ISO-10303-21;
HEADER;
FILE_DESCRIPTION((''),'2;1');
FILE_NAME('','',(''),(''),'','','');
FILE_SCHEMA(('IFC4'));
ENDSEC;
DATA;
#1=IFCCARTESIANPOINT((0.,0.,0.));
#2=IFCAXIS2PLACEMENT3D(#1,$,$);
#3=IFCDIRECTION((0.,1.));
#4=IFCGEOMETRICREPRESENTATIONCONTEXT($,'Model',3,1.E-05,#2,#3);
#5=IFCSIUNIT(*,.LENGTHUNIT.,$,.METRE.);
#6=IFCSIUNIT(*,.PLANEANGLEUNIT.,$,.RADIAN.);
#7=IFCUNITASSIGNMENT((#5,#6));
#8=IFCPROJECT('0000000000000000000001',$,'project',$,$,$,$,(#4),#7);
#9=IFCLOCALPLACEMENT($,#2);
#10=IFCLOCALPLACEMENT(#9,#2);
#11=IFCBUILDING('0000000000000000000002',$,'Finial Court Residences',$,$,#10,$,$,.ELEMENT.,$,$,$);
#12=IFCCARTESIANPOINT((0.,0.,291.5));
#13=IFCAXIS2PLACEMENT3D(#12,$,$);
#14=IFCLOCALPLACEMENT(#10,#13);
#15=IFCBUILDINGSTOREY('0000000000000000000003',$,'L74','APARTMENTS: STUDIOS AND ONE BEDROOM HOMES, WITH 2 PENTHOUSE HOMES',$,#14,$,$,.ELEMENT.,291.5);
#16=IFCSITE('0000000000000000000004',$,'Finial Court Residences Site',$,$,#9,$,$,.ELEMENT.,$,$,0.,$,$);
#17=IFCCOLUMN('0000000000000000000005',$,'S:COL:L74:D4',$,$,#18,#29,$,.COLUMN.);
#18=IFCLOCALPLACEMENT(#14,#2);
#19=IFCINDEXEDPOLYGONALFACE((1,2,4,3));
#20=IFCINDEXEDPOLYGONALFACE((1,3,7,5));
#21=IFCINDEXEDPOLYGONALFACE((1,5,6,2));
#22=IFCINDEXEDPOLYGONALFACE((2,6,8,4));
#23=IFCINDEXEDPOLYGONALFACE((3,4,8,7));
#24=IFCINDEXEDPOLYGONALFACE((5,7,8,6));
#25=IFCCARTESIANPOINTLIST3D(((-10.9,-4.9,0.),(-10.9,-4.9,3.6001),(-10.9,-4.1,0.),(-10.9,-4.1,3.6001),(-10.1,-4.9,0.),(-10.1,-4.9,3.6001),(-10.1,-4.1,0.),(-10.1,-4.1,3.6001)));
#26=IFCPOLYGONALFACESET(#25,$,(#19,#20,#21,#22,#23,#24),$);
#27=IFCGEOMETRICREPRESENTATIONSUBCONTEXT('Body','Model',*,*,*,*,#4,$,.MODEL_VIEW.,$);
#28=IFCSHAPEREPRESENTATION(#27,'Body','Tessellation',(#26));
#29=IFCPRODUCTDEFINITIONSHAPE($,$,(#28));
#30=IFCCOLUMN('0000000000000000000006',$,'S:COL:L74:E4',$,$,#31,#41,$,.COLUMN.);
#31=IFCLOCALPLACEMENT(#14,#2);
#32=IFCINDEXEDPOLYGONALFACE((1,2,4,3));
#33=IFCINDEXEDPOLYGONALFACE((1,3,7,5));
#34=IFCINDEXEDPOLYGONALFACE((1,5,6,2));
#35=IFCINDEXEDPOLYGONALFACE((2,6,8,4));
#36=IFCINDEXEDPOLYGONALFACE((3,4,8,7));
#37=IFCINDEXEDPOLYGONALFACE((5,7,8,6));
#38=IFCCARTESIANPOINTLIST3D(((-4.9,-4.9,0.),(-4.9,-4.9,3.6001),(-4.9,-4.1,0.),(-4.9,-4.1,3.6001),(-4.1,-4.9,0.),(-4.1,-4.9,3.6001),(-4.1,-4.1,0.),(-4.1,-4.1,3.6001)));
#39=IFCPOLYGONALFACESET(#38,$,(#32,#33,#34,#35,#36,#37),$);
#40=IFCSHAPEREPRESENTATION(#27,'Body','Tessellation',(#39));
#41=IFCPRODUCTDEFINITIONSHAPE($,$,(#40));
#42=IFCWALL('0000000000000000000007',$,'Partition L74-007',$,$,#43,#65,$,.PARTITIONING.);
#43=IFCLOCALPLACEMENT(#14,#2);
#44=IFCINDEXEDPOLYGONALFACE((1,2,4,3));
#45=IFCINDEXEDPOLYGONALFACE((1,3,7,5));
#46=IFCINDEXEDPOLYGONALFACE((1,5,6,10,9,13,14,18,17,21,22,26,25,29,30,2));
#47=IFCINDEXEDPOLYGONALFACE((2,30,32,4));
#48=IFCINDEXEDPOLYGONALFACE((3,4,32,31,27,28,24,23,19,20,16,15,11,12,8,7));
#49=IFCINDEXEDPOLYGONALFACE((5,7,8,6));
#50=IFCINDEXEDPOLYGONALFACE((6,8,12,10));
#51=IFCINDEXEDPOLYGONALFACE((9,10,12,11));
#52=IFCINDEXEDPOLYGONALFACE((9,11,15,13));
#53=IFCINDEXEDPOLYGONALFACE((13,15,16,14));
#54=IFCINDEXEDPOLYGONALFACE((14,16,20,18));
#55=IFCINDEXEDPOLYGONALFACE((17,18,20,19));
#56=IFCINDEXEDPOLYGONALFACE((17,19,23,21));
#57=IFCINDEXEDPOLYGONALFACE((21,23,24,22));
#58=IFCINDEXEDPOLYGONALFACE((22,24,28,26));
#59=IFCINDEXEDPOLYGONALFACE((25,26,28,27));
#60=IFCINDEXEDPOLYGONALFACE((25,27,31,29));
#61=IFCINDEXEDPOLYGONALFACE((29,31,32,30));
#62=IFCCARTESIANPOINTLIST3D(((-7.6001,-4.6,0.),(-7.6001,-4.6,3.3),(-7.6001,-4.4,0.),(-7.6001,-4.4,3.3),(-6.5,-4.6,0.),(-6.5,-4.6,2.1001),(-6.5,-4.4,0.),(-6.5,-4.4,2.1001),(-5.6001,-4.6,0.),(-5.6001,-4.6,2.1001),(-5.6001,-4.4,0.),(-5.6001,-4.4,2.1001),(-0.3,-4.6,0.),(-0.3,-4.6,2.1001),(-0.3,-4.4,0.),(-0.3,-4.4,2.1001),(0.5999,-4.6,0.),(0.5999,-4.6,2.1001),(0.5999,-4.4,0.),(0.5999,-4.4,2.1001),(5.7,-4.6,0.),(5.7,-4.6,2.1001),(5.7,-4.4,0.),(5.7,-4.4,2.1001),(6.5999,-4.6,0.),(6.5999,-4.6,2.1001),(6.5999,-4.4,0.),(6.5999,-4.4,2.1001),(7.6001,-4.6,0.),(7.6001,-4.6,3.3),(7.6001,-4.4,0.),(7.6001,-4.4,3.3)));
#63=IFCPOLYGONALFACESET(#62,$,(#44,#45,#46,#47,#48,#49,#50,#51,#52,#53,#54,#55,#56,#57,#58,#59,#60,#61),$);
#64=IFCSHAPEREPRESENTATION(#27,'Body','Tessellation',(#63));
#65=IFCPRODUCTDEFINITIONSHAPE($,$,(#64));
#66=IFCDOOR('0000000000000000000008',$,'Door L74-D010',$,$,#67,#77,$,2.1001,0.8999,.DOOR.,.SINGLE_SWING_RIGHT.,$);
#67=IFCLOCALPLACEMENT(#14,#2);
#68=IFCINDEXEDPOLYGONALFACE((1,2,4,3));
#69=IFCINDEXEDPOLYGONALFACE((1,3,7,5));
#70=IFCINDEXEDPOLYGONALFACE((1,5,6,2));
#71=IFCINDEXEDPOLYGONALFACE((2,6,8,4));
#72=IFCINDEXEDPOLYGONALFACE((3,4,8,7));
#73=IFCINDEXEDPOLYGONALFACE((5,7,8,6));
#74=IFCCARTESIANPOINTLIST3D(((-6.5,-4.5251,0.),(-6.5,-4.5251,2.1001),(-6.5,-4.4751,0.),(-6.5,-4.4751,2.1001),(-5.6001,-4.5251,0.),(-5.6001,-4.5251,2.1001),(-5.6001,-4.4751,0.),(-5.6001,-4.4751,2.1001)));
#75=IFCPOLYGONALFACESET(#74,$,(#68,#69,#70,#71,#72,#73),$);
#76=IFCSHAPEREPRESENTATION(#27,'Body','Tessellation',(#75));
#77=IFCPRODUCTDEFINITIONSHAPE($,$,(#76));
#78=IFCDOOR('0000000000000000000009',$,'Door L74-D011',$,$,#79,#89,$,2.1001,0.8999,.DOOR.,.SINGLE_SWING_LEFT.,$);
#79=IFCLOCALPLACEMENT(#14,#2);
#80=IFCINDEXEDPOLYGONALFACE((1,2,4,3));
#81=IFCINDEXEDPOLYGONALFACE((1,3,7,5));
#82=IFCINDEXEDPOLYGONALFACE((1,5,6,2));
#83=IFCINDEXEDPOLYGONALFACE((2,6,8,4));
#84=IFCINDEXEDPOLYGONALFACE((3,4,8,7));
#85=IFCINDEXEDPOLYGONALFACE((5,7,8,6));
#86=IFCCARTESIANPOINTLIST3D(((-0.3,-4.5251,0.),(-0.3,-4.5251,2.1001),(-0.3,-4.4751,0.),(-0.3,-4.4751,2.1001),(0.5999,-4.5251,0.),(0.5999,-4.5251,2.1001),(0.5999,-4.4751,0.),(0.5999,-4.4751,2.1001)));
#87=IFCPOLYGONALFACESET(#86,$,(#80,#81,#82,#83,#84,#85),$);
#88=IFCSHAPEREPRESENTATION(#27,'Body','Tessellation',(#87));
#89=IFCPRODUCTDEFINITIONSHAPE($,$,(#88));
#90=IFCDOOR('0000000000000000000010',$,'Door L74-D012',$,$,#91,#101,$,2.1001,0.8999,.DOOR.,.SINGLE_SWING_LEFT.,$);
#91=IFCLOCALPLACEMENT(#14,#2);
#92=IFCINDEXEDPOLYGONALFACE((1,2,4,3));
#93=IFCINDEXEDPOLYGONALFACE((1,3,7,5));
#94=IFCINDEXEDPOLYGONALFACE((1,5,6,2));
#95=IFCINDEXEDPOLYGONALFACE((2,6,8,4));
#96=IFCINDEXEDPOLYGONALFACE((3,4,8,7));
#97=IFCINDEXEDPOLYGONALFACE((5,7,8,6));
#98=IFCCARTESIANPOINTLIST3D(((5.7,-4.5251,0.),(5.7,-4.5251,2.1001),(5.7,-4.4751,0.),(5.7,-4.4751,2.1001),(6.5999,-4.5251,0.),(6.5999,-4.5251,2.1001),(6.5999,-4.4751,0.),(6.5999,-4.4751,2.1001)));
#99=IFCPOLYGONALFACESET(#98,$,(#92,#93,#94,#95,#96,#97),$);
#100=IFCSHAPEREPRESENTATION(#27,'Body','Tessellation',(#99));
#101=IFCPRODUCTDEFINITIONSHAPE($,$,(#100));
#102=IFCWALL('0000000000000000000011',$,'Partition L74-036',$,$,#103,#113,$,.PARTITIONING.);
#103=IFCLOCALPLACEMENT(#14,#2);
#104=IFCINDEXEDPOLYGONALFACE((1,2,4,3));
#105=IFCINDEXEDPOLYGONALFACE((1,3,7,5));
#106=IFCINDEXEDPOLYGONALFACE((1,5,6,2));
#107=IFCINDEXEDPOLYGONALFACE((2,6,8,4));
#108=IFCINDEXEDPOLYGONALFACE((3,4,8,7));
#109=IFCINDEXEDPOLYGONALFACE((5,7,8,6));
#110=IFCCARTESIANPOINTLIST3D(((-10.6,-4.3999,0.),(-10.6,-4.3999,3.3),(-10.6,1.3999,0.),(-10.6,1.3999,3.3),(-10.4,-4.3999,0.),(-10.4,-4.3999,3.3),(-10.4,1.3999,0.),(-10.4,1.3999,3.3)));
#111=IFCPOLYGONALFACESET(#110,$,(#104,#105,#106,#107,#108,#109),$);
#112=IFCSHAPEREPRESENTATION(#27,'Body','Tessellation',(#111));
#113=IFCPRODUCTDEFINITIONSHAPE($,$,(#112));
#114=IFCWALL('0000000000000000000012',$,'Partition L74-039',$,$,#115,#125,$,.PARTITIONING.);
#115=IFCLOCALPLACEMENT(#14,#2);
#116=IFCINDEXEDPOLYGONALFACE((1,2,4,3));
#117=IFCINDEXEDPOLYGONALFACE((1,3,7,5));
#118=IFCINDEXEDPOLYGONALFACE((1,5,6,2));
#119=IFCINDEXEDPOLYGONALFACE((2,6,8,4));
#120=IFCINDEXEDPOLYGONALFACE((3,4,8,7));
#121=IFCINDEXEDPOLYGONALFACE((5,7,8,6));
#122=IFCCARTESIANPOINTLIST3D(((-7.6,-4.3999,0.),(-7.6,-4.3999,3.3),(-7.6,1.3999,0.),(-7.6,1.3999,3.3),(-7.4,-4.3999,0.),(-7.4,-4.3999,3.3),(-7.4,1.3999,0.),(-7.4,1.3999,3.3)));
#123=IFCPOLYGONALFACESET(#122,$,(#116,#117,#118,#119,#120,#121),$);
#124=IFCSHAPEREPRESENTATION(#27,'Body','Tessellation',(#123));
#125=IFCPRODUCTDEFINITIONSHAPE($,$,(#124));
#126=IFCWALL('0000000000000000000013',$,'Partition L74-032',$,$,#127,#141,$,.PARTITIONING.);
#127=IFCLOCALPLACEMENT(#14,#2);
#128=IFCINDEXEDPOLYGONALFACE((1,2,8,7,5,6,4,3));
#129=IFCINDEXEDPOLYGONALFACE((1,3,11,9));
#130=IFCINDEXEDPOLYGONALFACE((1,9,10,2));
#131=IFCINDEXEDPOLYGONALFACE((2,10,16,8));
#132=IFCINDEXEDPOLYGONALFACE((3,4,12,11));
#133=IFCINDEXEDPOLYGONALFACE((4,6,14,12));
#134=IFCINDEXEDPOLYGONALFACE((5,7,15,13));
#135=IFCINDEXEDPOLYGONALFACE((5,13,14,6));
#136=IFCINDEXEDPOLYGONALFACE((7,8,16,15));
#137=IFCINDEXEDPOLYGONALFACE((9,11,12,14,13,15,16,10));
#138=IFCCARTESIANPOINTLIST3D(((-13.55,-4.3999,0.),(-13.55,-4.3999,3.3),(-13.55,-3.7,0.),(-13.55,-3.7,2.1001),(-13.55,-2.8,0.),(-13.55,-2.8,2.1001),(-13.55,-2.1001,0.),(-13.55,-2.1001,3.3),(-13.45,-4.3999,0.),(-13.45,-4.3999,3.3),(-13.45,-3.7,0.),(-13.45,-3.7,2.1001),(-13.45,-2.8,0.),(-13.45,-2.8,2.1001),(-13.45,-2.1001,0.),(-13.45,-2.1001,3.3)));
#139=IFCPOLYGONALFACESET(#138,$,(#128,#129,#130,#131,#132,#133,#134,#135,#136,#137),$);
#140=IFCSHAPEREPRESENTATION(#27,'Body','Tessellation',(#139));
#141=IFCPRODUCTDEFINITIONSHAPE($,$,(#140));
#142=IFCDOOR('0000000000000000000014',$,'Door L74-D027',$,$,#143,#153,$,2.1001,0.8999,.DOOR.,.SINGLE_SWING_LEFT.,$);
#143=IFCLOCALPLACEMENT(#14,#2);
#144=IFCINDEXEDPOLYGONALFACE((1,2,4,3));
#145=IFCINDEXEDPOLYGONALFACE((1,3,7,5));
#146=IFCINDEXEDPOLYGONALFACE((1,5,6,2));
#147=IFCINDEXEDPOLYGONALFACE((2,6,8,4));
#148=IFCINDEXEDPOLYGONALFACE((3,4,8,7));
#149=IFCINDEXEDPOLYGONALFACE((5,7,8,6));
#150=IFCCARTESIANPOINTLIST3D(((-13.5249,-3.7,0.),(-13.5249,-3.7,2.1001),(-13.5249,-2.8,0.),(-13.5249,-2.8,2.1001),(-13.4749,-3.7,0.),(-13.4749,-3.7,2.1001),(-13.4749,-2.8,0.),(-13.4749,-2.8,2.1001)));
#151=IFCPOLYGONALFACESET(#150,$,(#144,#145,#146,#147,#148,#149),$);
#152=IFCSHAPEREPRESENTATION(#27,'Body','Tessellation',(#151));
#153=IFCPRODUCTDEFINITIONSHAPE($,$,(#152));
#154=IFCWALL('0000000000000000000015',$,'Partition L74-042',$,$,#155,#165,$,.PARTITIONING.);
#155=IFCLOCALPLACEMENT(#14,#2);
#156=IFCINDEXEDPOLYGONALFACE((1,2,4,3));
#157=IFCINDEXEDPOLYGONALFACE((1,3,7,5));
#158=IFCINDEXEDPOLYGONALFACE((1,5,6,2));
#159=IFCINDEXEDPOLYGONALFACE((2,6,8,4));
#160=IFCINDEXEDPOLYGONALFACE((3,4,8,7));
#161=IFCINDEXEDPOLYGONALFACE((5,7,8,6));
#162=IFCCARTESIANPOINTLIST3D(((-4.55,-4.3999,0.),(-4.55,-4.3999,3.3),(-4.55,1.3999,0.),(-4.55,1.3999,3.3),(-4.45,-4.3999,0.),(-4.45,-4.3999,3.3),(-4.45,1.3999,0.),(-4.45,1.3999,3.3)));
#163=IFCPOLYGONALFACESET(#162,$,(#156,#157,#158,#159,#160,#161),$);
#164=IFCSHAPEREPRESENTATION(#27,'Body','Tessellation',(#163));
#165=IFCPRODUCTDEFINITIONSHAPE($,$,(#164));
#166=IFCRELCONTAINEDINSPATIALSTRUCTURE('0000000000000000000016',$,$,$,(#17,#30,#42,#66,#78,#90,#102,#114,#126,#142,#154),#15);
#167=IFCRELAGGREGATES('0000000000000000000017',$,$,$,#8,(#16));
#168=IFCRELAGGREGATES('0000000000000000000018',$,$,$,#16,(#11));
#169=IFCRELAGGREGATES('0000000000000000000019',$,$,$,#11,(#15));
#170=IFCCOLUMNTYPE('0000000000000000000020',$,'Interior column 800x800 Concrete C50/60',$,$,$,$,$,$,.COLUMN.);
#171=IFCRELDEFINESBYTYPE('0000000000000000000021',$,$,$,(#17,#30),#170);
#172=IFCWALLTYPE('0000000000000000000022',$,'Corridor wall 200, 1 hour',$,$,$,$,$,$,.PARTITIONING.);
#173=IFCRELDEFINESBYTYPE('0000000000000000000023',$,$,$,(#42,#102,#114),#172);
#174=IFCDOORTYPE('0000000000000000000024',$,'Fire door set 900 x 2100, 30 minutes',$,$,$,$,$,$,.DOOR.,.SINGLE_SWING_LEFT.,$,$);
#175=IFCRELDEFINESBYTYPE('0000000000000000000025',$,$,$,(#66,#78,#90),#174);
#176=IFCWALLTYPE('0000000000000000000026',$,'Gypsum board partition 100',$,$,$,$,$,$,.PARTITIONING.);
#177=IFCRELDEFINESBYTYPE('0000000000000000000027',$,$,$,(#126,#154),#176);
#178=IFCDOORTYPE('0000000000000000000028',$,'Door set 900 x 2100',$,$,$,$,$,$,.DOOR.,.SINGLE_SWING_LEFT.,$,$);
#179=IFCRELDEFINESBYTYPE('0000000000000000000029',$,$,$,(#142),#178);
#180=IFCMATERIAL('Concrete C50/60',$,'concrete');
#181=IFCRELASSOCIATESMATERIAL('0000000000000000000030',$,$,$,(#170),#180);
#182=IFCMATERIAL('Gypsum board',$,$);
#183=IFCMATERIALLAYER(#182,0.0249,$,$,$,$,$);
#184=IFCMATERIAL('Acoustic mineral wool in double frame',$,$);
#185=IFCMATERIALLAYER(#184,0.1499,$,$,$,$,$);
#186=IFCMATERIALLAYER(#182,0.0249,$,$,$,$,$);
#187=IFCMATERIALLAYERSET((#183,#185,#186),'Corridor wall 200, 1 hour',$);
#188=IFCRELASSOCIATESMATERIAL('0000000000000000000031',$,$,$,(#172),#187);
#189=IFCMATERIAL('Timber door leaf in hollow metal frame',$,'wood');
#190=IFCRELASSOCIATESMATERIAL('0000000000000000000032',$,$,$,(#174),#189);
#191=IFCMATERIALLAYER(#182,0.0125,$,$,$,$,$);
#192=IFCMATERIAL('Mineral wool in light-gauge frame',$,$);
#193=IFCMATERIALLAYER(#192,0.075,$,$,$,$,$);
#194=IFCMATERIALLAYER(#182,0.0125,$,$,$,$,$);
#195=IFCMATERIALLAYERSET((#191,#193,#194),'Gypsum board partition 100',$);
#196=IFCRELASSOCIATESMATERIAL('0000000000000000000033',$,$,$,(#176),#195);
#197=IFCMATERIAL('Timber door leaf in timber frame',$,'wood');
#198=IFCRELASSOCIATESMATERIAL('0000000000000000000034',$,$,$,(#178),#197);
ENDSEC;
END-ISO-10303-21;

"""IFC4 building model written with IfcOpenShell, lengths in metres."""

from ifc_helpers import new_model, si_unit, direction, frame, frame_2d, origin, origin_2d, place, context, subcontext, project, spatial, rectangle, extrude, material, layer, layer_set, material_profile, profile_set, type_object, element, fill, save


model = new_model("IFC4")

# Units and contexts
model_context = context("Model", 3, precision=1e-05, world=origin(), true_north=direction((0.0, 1.0)))
body_context = subcontext(model_context, "Body", "Model", "MODEL_VIEW")
ifc_project = project(units=[si_unit("LENGTHUNIT", "METRE"), si_unit("PLANEANGLEUNIT", "RADIAN")], contexts=[model_context])

# Site, building, storey
site_placement = place(None, origin())
site = spatial("IfcSite", under=ifc_project, at=site_placement, Name="Finial Court Residences Site", CompositionType="ELEMENT", RefElevation=0.0)
building_placement = place(site_placement, origin())
building = spatial("IfcBuilding", under=site, at=building_placement, Name="Finial Court Residences", CompositionType="ELEMENT")
storey_placement = place(building_placement, frame((0.0, 0.0, 291.5)))
storey = spatial("IfcBuildingStorey", under=building, at=storey_placement, Name="L74", Description="APARTMENTS: STUDIOS AND ONE BEDROOM HOMES, WITH 2 PENTHOUSE HOMES", CompositionType="ELEMENT", Elevation=291.5)

# Columns
ifc_material_1 = material(Name="Concrete C50/60", Category="concrete")
ifc_material_profile = material_profile(ifc_material_1, rectangle(XDim=0.8, YDim=0.8, at=origin_2d()), Name="800x800")
ifc_profile_set = profile_set([ifc_material_profile], Name="Concrete C50/60")
column_type = type_object("IfcColumnType", Name="Interior column 800x800 Concrete C50/60", PredefinedType="COLUMN", material=ifc_profile_set)
for number, where, z_axis, x_axis, name in (
    (1, (-10.5, -4.5, 0.0), (0.0, 0.0, 1.0), (1.0, 0.0, 0.0), "S:COL:L74:D4"),
    (2, (-4.5, -4.5, 0.0), (0.0, 0.0, 1.0), (1.0, 0.0, 0.0), "S:COL:L74:E4"),
):
    element("IfcColumn", number, at=place(storey_placement, frame(where, z_axis=z_axis, x_axis=x_axis)), inside=storey, type_object=column_type, Name=name, PredefinedType="COLUMN", context=body_context, shape_type="SweptSolid", body=[
        extrude(rectangle(XDim=0.8, YDim=0.8, at=origin_2d()), origin(), (0.0, 0.0, 1.0), 3.6001),
    ])

# Wall, openings, doors
ifc_material_2 = material(Name="Gypsum board")
ifc_layer_1 = layer(ifc_material_2, 0.0249)
ifc_material_3 = material(Name="Acoustic mineral wool in double frame")
ifc_layer_2 = layer(ifc_material_3, 0.1499)
ifc_layer_3 = layer(ifc_material_2, 0.0249)
ifc_layer_set_1 = layer_set([ifc_layer_1, ifc_layer_2, ifc_layer_3], Name="Corridor wall 200, 1 hour")
wall_type_1 = type_object("IfcWallType", Name="Corridor wall 200, 1 hour", PredefinedType="PARTITIONING", material=ifc_layer_set_1)
wall_1_placement = place(storey_placement, frame((-7.6001, -4.5, 0.0), z_axis=(0.0, 0.0, 1.0), x_axis=(1.0, 0.0, 0.0)))
wall_1 = element("IfcWall", 3, at=wall_1_placement, inside=storey, type_object=wall_type_1, Name="Partition L74-007", PredefinedType="PARTITIONING", context=body_context, shape_type="SweptSolid", body=[
    extrude(rectangle(XDim=15.2002, YDim=0.2, at=frame_2d((7.6001, 0.0))), origin(), (0.0, 0.0, 1.0), 3.3),
])
opening_1_placement = place(wall_1_placement, frame((1.1001, 0.0, 0.0)))
opening_1 = element("IfcOpeningElement", 4, at=opening_1_placement, cuts=wall_1, PredefinedType="OPENING", context=body_context, shape_type="SweptSolid", body=[
    extrude(rectangle(XDim=0.8999, YDim=2.1001, at=frame_2d((0.45, 1.05))), frame((0.0, 0.1099, 0.0), z_axis=(0.0, -1.0, 0.0), x_axis=(1.0, 0.0, 0.0)), (0.0, 0.0, 1.0), 0.22),
])
opening_2_placement = place(wall_1_placement, frame((7.3, 0.0, 0.0)))
opening_2 = element("IfcOpeningElement", 5, at=opening_2_placement, cuts=wall_1, PredefinedType="OPENING", context=body_context, shape_type="SweptSolid", body=[
    extrude(rectangle(XDim=0.8999, YDim=2.1001, at=frame_2d((0.45, 1.05))), frame((0.0, 0.1099, 0.0), z_axis=(0.0, -1.0, 0.0), x_axis=(1.0, 0.0, 0.0)), (0.0, 0.0, 1.0), 0.22),
])
opening_3_placement = place(wall_1_placement, frame((13.3, 0.0, 0.0)))
opening_3 = element("IfcOpeningElement", 6, at=opening_3_placement, cuts=wall_1, PredefinedType="OPENING", context=body_context, shape_type="SweptSolid", body=[
    extrude(rectangle(XDim=0.8999, YDim=2.1001, at=frame_2d((0.45, 1.05))), frame((0.0, 0.1099, 0.0), z_axis=(0.0, -1.0, 0.0), x_axis=(1.0, 0.0, 0.0)), (0.0, 0.0, 1.0), 0.22),
])
ifc_material_4 = material(Name="Timber door leaf in hollow metal frame", Category="wood")
door_type_1 = type_object("IfcDoorType", Name="Fire door set 900 x 2100, 30 minutes", OperationType="SINGLE_SWING_LEFT", PredefinedType="DOOR", material=ifc_material_4)
door_1_placement = place(opening_1_placement, origin())
door_1 = element("IfcDoor", 7, at=door_1_placement, inside=storey, type_object=door_type_1, Name="Door L74-D010", OperationType="SINGLE_SWING_RIGHT", OverallHeight=2.1001, OverallWidth=0.8999, PredefinedType="DOOR", context=body_context, shape_type="SweptSolid", body=[
    extrude(rectangle(XDim=0.8999, YDim=2.1001, at=frame_2d((0.45, 1.05))), frame((0.0, 0.0249, 0.0), z_axis=(0.0, -1.0, 0.0), x_axis=(1.0, 0.0, 0.0)), (0.0, 0.0, 1.0), 0.05),
])
fill(opening_1, door_1)
door_2_placement = place(opening_2_placement, origin())
door_2 = element("IfcDoor", 8, at=door_2_placement, inside=storey, type_object=door_type_1, Name="Door L74-D011", OperationType="SINGLE_SWING_LEFT", OverallHeight=2.1001, OverallWidth=0.8999, PredefinedType="DOOR", context=body_context, shape_type="SweptSolid", body=[
    extrude(rectangle(XDim=0.8999, YDim=2.1001, at=frame_2d((0.45, 1.05))), frame((0.0, 0.0249, 0.0), z_axis=(0.0, -1.0, 0.0), x_axis=(1.0, 0.0, 0.0)), (0.0, 0.0, 1.0), 0.05),
])
fill(opening_2, door_2)
door_3_placement = place(opening_3_placement, origin())
door_3 = element("IfcDoor", 9, at=door_3_placement, inside=storey, type_object=door_type_1, Name="Door L74-D012", OperationType="SINGLE_SWING_LEFT", OverallHeight=2.1001, OverallWidth=0.8999, PredefinedType="DOOR", context=body_context, shape_type="SweptSolid", body=[
    extrude(rectangle(XDim=0.8999, YDim=2.1001, at=frame_2d((0.45, 1.05))), frame((0.0, 0.0249, 0.0), z_axis=(0.0, -1.0, 0.0), x_axis=(1.0, 0.0, 0.0)), (0.0, 0.0, 1.0), 0.05),
])
fill(opening_3, door_3)

# Walls
for number, where, z_axis, x_axis, name in (
    (10, (-10.5, -4.3999, 0.0), (0.0, 0.0, 1.0), (0.0, 1.0, 0.0), "Partition L74-036"),
    (11, (-7.5, -4.3999, 0.0), (0.0, 0.0, 1.0), (0.0, 1.0, 0.0), "Partition L74-039"),
):
    element("IfcWall", number, at=place(storey_placement, frame(where, z_axis=z_axis, x_axis=x_axis)), inside=storey, type_object=wall_type_1, Name=name, PredefinedType="PARTITIONING", context=body_context, shape_type="SweptSolid", body=[
        extrude(rectangle(XDim=5.7998, YDim=0.2, at=frame_2d((2.8999, 0.0))), origin(), (0.0, 0.0, 1.0), 3.3),
    ])

# Wall, opening, door
ifc_layer_4 = layer(ifc_material_2, 0.0125)
ifc_material_5 = material(Name="Mineral wool in light-gauge frame")
ifc_layer_5 = layer(ifc_material_5, 0.075)
ifc_layer_6 = layer(ifc_material_2, 0.0125)
ifc_layer_set_2 = layer_set([ifc_layer_4, ifc_layer_5, ifc_layer_6], Name="Gypsum board partition 100")
wall_type_2 = type_object("IfcWallType", Name="Gypsum board partition 100", PredefinedType="PARTITIONING", material=ifc_layer_set_2)
wall_2_placement = place(storey_placement, frame((-13.5, -4.3999, 0.0), z_axis=(0.0, 0.0, 1.0), x_axis=(0.0, 1.0, 0.0)))
wall_2 = element("IfcWall", 12, at=wall_2_placement, inside=storey, type_object=wall_type_2, Name="Partition L74-032", PredefinedType="PARTITIONING", context=body_context, shape_type="SweptSolid", body=[
    extrude(rectangle(XDim=2.2998, YDim=0.1001, at=frame_2d((1.1499, 0.0))), origin(), (0.0, 0.0, 1.0), 3.3),
])
opening_4_placement = place(wall_2_placement, frame((0.7, 0.0, 0.0)))
opening_4 = element("IfcOpeningElement", 13, at=opening_4_placement, cuts=wall_2, PredefinedType="OPENING", context=body_context, shape_type="SweptSolid", body=[
    extrude(rectangle(XDim=0.8999, YDim=2.1001, at=frame_2d((0.45, 1.05))), frame((0.0, 0.0601, 0.0), z_axis=(0.0, -1.0, 0.0), x_axis=(1.0, 0.0, 0.0)), (0.0, 0.0, 1.0), 0.1201),
])
ifc_material_6 = material(Name="Timber door leaf in timber frame", Category="wood")
door_type_2 = type_object("IfcDoorType", Name="Door set 900 x 2100", OperationType="SINGLE_SWING_LEFT", PredefinedType="DOOR", material=ifc_material_6)
door_4_placement = place(opening_4_placement, origin())
door_4 = element("IfcDoor", 14, at=door_4_placement, inside=storey, type_object=door_type_2, Name="Door L74-D027", OperationType="SINGLE_SWING_LEFT", OverallHeight=2.1001, OverallWidth=0.8999, PredefinedType="DOOR", context=body_context, shape_type="SweptSolid", body=[
    extrude(rectangle(XDim=0.8999, YDim=2.1001, at=frame_2d((0.45, 1.05))), frame((0.0, 0.0249, 0.0), z_axis=(0.0, -1.0, 0.0), x_axis=(1.0, 0.0, 0.0)), (0.0, 0.0, 1.0), 0.05),
])
fill(opening_4, door_4)

# Wall
wall_3_placement = place(storey_placement, frame((-4.5, -4.3999, 0.0), z_axis=(0.0, 0.0, 1.0), x_axis=(0.0, 1.0, 0.0)))
element("IfcWall", 15, at=wall_3_placement, inside=storey, type_object=wall_type_2, Name="Partition L74-042", PredefinedType="PARTITIONING", context=body_context, shape_type="SweptSolid", body=[
    extrude(rectangle(XDim=5.7998, YDim=0.1001, at=frame_2d((2.8999, 0.0))), origin(), (0.0, 0.0, 1.0), 3.3),
])

save(model, "model.ifc")
